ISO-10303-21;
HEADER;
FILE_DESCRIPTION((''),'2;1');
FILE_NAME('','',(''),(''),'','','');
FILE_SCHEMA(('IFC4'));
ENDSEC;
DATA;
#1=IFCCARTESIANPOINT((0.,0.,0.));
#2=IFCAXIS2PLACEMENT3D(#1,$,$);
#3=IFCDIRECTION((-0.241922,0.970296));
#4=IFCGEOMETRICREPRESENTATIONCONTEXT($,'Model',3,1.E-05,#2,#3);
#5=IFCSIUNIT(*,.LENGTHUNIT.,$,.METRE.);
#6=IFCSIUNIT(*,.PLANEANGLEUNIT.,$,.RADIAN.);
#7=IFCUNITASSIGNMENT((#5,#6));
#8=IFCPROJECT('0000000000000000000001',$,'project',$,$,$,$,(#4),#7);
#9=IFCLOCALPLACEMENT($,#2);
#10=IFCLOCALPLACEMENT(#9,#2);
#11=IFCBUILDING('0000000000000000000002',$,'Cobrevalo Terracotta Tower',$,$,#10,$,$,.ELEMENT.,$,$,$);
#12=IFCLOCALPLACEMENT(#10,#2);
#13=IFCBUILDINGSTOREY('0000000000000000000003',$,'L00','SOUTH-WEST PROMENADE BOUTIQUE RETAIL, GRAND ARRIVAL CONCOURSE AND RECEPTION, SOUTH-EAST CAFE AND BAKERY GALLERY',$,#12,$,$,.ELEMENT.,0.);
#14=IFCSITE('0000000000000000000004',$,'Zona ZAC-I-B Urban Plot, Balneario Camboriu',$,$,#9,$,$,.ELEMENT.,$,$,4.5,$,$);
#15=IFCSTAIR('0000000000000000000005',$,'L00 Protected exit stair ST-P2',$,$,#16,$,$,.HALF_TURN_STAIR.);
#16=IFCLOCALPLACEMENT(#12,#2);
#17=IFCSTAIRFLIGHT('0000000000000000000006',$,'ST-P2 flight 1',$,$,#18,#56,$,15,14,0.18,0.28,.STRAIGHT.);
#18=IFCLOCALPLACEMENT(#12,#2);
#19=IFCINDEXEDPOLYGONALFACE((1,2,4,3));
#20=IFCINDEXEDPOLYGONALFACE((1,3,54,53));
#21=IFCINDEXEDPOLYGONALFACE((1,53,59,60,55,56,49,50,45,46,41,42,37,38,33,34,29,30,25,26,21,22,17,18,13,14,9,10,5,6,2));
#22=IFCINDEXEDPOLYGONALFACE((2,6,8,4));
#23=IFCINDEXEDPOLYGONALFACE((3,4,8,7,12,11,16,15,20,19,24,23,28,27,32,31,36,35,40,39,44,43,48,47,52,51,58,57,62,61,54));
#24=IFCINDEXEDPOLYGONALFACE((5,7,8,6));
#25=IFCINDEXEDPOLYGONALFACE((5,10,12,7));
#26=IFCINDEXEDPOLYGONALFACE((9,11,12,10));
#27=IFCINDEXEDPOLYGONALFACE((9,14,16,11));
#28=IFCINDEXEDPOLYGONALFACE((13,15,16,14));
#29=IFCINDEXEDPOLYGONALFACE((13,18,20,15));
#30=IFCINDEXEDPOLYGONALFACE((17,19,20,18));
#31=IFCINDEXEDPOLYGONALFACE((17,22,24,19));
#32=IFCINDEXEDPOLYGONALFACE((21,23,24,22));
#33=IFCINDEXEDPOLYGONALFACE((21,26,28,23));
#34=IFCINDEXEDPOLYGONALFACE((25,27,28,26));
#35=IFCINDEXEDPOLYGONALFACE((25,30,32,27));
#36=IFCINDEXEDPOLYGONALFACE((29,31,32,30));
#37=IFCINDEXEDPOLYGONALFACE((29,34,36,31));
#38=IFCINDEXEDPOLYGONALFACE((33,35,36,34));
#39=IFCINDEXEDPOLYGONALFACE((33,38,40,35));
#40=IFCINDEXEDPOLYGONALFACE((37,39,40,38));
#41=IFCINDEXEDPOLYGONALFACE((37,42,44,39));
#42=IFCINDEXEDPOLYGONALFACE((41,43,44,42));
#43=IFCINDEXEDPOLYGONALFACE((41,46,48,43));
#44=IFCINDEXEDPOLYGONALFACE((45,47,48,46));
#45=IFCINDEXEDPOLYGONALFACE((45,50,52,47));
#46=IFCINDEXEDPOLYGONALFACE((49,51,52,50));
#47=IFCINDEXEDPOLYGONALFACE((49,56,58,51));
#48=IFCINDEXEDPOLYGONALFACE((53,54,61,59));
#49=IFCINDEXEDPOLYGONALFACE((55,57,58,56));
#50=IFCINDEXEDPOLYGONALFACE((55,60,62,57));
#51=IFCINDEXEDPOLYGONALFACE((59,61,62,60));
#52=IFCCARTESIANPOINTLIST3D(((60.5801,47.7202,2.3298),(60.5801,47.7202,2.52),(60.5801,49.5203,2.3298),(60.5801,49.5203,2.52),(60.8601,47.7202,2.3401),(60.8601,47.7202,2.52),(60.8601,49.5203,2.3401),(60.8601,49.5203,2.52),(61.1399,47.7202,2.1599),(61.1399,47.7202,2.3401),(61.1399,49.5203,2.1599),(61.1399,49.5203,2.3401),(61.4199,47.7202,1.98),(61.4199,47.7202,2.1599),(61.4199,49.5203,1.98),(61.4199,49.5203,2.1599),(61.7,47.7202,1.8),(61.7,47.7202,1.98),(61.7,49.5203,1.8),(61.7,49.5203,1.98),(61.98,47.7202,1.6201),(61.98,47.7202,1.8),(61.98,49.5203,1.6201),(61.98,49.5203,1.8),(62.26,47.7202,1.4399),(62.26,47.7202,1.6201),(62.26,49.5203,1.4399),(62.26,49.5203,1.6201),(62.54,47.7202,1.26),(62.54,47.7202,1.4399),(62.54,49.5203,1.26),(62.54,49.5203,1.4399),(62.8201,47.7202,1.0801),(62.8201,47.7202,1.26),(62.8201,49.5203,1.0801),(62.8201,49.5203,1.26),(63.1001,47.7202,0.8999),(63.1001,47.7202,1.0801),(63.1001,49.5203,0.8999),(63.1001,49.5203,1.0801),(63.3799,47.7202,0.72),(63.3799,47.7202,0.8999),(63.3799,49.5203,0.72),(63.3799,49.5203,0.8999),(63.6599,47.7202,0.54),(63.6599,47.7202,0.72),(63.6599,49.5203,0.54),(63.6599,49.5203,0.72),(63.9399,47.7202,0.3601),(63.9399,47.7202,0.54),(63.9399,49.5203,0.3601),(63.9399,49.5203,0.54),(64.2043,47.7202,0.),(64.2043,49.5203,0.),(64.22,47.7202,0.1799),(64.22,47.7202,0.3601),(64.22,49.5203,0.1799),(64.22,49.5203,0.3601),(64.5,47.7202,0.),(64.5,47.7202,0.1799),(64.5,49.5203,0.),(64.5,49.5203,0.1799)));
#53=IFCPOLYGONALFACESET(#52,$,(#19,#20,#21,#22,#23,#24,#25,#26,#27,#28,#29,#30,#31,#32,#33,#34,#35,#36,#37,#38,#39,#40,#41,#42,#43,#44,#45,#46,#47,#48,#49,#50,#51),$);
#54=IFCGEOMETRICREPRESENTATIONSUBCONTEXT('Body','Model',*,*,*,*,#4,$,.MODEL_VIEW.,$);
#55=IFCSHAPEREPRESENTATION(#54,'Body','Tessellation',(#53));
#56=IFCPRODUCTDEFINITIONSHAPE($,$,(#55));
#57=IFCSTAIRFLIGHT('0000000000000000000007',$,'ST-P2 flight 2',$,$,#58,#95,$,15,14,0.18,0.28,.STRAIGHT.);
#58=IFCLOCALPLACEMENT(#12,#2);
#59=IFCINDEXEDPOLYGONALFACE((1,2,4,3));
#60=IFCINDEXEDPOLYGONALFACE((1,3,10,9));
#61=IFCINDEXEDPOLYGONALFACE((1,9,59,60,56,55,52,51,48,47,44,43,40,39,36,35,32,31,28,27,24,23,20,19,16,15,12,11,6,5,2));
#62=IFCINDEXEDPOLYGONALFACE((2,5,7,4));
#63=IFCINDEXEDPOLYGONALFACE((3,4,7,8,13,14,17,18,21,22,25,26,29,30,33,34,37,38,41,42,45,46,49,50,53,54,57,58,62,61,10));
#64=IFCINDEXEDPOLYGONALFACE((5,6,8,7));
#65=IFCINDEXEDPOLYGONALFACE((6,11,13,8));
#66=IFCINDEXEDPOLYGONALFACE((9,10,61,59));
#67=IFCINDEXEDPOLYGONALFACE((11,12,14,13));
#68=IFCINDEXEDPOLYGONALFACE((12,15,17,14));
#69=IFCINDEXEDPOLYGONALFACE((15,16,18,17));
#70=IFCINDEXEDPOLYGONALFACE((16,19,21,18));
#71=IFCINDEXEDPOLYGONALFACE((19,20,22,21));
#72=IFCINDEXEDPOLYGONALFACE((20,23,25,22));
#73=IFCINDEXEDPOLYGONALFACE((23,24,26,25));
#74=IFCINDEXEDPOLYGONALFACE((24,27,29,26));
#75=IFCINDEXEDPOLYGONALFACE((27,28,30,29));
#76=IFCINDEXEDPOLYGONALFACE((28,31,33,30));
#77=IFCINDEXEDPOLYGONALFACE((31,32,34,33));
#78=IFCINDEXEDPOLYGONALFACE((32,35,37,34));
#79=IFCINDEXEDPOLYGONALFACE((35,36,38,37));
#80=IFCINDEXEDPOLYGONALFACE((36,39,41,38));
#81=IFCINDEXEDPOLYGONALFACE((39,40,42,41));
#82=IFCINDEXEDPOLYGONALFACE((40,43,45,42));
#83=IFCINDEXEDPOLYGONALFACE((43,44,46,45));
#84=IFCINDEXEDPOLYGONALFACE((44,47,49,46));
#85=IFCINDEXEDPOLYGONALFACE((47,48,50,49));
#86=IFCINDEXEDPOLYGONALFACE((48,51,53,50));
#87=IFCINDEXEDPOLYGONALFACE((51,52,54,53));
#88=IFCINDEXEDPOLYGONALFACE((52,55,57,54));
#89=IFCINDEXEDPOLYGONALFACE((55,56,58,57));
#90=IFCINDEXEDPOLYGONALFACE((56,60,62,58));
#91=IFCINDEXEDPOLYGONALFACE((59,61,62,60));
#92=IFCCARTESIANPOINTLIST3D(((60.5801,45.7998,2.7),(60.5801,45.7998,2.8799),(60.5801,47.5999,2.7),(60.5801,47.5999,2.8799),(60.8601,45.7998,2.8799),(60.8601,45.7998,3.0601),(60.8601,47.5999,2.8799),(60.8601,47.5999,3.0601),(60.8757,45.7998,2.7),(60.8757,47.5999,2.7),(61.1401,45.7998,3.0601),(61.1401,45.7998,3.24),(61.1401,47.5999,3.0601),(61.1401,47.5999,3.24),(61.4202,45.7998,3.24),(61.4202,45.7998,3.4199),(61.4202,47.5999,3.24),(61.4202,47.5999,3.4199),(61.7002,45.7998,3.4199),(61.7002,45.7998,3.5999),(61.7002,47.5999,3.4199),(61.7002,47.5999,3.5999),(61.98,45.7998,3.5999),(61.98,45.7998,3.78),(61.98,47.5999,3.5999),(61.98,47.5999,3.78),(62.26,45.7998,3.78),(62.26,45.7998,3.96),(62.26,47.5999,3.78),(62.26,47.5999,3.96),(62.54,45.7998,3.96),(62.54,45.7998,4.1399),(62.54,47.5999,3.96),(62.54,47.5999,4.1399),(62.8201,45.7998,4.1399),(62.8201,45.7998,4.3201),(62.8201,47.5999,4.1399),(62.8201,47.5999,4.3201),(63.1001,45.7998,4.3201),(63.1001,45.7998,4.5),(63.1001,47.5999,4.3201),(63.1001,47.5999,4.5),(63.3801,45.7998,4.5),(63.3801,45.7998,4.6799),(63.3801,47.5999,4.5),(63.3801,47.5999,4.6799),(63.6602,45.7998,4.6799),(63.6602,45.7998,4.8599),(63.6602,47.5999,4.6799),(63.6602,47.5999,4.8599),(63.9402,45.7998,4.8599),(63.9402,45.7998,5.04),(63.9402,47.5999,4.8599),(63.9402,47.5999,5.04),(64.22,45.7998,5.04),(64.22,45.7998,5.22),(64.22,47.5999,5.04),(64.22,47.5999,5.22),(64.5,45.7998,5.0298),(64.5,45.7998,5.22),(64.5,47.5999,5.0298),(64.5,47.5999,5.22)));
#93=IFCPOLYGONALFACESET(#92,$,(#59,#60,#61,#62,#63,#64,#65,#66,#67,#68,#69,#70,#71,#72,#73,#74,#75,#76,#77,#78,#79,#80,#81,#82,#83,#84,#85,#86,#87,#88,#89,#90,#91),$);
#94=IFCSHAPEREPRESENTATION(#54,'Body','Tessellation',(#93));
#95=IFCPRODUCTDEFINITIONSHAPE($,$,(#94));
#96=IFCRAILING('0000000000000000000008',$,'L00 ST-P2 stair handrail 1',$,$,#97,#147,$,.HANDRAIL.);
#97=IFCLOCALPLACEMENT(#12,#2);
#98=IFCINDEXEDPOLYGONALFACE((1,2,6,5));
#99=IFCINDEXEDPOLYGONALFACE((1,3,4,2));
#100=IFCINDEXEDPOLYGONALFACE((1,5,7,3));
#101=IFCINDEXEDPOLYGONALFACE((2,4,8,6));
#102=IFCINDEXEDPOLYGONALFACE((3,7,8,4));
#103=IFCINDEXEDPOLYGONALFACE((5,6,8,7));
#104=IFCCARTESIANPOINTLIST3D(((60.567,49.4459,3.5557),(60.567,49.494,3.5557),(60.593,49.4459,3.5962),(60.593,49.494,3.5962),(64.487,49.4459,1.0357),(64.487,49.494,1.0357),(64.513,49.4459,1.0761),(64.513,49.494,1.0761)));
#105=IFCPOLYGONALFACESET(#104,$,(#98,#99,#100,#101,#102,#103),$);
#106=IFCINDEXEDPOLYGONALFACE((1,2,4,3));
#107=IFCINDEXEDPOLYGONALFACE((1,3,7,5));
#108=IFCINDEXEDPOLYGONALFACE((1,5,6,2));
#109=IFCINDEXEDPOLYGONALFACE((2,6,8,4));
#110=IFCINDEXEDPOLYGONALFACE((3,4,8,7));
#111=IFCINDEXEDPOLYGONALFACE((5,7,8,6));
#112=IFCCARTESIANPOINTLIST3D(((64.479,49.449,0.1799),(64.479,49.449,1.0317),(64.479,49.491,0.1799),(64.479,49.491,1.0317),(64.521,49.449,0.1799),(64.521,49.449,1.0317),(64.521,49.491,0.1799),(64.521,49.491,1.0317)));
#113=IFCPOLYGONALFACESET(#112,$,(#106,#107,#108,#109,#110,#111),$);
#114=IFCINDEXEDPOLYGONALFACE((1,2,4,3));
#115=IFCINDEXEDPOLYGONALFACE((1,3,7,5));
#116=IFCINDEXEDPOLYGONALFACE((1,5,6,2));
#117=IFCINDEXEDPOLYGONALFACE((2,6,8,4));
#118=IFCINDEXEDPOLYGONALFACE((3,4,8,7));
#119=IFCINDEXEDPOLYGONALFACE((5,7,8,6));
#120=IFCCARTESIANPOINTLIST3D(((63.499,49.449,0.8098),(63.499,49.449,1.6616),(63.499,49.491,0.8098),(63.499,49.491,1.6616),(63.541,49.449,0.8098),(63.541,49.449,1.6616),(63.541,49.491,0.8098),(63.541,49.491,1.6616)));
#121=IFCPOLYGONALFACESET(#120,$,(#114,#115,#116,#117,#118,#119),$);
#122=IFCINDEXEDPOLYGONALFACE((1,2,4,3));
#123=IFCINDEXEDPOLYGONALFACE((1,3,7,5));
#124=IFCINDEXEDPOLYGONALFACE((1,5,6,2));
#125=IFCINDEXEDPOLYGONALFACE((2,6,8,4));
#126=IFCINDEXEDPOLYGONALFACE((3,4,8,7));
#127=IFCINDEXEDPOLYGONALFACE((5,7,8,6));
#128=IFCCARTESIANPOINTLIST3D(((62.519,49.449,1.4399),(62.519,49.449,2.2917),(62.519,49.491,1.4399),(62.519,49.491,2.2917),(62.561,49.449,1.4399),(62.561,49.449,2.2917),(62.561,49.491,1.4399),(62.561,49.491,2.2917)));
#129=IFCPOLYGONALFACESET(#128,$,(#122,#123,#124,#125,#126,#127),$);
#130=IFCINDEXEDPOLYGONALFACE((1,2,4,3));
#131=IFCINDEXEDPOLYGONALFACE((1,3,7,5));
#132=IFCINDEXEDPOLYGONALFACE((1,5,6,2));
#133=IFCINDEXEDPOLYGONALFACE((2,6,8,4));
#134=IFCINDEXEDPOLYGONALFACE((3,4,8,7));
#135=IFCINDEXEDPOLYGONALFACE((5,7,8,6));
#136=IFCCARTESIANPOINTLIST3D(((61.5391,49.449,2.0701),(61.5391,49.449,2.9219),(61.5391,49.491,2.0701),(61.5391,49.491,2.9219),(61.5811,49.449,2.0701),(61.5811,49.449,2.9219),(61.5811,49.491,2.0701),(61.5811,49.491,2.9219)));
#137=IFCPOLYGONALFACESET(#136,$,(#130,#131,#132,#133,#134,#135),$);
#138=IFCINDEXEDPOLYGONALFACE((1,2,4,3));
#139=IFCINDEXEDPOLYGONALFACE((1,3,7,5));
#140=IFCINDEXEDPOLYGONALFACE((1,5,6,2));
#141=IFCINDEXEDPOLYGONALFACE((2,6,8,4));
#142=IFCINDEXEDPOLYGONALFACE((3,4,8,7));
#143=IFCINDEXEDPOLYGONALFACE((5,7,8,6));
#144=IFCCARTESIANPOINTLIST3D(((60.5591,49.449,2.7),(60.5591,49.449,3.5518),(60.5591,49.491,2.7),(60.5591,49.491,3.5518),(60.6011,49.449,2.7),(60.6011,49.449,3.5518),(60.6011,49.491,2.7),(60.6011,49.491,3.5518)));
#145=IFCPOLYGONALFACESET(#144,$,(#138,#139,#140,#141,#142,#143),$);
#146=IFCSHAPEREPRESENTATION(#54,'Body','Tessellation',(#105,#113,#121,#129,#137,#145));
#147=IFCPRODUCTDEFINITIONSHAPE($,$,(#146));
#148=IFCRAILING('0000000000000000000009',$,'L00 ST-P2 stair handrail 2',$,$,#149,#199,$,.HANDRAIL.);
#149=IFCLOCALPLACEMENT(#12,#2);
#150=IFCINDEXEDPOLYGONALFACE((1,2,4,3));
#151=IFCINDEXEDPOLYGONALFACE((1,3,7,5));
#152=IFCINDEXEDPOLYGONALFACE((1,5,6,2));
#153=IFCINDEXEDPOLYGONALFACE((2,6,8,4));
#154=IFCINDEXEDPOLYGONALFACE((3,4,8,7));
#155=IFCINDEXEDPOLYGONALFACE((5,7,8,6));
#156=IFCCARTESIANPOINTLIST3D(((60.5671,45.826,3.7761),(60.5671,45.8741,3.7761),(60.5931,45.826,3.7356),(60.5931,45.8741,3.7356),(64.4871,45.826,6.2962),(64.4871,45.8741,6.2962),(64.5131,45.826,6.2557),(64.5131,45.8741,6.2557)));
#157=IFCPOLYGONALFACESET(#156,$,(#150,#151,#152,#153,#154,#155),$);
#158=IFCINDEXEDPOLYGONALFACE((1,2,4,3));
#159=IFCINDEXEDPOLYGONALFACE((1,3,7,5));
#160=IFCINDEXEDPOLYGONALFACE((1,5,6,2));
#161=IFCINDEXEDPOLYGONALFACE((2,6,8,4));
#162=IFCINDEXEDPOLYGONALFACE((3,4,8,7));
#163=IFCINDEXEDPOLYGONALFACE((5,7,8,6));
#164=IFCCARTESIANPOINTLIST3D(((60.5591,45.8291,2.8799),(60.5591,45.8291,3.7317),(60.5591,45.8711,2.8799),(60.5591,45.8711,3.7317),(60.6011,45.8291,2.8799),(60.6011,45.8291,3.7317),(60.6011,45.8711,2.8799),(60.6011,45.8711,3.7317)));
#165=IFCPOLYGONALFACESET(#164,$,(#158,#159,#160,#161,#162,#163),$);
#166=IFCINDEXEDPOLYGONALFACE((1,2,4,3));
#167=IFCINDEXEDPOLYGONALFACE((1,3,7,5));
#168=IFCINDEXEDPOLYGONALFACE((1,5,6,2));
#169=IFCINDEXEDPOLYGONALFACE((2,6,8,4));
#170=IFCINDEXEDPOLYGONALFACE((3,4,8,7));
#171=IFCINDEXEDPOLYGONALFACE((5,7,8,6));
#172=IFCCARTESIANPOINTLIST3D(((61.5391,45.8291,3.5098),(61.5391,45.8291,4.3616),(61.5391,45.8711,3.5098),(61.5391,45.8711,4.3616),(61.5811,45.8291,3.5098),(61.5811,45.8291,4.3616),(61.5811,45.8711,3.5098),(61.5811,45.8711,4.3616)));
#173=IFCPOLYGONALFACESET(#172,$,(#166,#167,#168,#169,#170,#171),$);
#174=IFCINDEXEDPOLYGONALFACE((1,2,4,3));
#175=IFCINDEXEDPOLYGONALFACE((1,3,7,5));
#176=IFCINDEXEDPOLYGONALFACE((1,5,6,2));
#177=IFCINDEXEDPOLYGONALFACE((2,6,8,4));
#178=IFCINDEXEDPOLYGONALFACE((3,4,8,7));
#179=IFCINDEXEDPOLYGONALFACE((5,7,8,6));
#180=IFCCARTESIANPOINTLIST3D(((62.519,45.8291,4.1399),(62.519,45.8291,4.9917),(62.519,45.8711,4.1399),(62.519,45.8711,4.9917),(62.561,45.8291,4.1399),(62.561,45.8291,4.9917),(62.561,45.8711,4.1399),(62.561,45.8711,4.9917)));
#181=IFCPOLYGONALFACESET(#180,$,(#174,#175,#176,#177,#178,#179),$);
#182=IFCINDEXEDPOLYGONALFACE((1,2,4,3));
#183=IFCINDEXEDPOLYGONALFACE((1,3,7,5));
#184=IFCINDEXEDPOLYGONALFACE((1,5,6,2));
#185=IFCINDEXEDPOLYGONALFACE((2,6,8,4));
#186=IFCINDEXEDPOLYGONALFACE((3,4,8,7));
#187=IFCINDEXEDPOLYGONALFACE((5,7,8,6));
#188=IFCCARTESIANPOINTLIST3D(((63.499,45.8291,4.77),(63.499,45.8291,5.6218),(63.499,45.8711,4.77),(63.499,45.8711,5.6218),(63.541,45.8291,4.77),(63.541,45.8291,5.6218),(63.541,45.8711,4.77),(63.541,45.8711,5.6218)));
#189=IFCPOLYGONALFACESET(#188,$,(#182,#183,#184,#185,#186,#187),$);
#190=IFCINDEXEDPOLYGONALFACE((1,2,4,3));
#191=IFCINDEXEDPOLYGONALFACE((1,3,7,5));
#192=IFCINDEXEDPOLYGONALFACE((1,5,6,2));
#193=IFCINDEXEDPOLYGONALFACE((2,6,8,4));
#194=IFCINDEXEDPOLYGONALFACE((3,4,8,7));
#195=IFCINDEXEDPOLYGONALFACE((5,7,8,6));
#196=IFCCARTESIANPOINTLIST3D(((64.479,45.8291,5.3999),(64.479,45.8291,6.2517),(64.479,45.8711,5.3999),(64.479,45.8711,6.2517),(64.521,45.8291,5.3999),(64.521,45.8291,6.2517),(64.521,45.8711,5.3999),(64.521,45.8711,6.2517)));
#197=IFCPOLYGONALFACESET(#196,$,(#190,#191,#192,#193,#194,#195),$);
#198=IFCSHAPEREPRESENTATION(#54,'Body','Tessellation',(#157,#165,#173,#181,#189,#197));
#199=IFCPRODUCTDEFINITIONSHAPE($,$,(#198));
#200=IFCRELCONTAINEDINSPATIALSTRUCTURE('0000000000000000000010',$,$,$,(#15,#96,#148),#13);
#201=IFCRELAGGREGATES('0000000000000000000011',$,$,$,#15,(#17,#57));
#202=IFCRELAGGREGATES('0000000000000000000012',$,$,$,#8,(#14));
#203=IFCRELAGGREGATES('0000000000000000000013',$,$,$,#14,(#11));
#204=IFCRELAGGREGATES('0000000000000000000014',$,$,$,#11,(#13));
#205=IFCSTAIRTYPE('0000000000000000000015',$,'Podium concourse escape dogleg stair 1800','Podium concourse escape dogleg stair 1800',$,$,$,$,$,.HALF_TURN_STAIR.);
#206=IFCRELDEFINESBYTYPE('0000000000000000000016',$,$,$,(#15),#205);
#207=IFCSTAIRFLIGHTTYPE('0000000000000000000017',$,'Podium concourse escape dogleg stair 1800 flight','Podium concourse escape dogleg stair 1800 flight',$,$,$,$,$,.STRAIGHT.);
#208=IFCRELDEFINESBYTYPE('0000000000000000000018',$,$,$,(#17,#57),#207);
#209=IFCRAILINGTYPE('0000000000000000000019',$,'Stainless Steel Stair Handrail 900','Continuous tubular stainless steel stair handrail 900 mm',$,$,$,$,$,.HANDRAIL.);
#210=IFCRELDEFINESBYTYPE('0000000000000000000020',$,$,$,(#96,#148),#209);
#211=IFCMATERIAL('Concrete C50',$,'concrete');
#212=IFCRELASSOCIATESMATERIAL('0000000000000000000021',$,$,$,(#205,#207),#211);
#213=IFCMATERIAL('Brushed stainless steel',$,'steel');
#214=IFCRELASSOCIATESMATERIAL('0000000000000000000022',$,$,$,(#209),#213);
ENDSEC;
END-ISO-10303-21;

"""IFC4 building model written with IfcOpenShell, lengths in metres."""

from ifc_helpers import new_model, si_unit, direction, frame, origin, origin_2d, place, context, subcontext, project, spatial, polyline, rectangle, outline, extrude, material, type_object, element, aggregate, save


model = new_model("IFC4")

# Units and contexts
model_context = context("Model", 3, precision=1e-05, world=origin(), true_north=direction((-0.241922, 0.970296)))
body_context = subcontext(model_context, "Body", "Model", "MODEL_VIEW")
ifc_project = project(units=[si_unit("LENGTHUNIT", "METRE"), si_unit("PLANEANGLEUNIT", "RADIAN")], contexts=[model_context])

# Site, building, storey
site_placement = place(None, origin())
site = spatial("IfcSite", under=ifc_project, at=site_placement, Name="Zona ZAC-I-B Urban Plot, Balneario Camboriu", CompositionType="ELEMENT", RefElevation=4.5)
building_placement = place(site_placement, origin())
building = spatial("IfcBuilding", under=site, at=building_placement, Name="Cobrevalo Terracotta Tower", CompositionType="ELEMENT")
storey_placement = place(building_placement, origin())
storey = spatial("IfcBuildingStorey", under=building, at=storey_placement, Name="L00", Description="SOUTH-WEST PROMENADE BOUTIQUE RETAIL, GRAND ARRIVAL CONCOURSE AND RECEPTION, SOUTH-EAST CAFE AND BAKERY GALLERY", CompositionType="ELEMENT", Elevation=0.0)

# Shared definitions
ifc_material_1 = material(Name="Concrete C50", Category="concrete")

# Stair, stair flights
stair_type = type_object("IfcStairType", Name="Podium concourse escape dogleg stair 1800", Description="Podium concourse escape dogleg stair 1800", PredefinedType="HALF_TURN_STAIR", material=ifc_material_1)
stair_placement = place(storey_placement, origin())
stair = element("IfcStair", 1, at=stair_placement, inside=storey, type_object=stair_type, Name="L00 Protected exit stair ST-P2", PredefinedType="HALF_TURN_STAIR")
stair_flight_type = type_object("IfcStairFlightType", Name="Podium concourse escape dogleg stair 1800 flight", Description="Podium concourse escape dogleg stair 1800 flight", PredefinedType="STRAIGHT", material=ifc_material_1)
stair_flight_1_placement = place(storey_placement, frame((64.5, 48.6201, 0.0), z_axis=(0.0, 0.0, 1.0), x_axis=(-1.0, 0.0, 0.0)))
stair_flight_1 = element("IfcStairFlight", 2, at=stair_flight_1_placement, type_object=stair_flight_type, Name="ST-P2 flight 1", NumberOfRisers=15, NumberOfTreads=14, PredefinedType="STRAIGHT", RiserHeight=0.18, TreadLength=0.28, context=body_context, shape_type="SweptSolid", body=[
    extrude(outline(polyline([(0.0, 0.0), (0.0, 0.1799), (0.28, 0.1799), (0.28, 0.3601), (0.5601, 0.3601), (0.5601, 0.54), (0.8401, 0.54), (0.8401, 0.72), (1.1201, 0.72), (1.1201, 0.8999), (1.3999, 0.8999), (1.3999, 1.0801), (1.6799, 1.0801), (1.6799, 1.26), (1.96, 1.26), (1.96, 1.4399), (2.24, 1.4399), (2.24, 1.6201), (2.52, 1.6201), (2.52, 1.8), (2.8, 1.8), (2.8, 1.98), (3.0801, 1.98), (3.0801, 2.1599), (3.3601, 2.1599), (3.3601, 2.3401), (3.6399, 2.3401), (3.6399, 2.52), (3.9199, 2.52), (3.9199, 2.7), (3.9199, 2.3298), (0.2957, 0.0), (0.0, 0.0)])), frame((0.0, 0.8999, 0.0), z_axis=(0.0, -1.0, 0.0), x_axis=(1.0, 0.0, 0.0)), (0.0, 0.0, 1.0), 1.8),
])
stair_flight_2_placement = place(storey_placement, frame((60.5801, 46.7, 2.7), z_axis=(0.0, 0.0, 1.0), x_axis=(1.0, 0.0, 0.0)))
stair_flight_2 = element("IfcStairFlight", 3, at=stair_flight_2_placement, type_object=stair_flight_type, Name="ST-P2 flight 2", NumberOfRisers=15, NumberOfTreads=14, PredefinedType="STRAIGHT", RiserHeight=0.18, TreadLength=0.28, context=body_context, shape_type="SweptSolid", body=[
    extrude(outline(polyline([(0.0, 0.0), (0.0, 0.1799), (0.28, 0.1799), (0.28, 0.3601), (0.5601, 0.3601), (0.5601, 0.54), (0.8401, 0.54), (0.8401, 0.72), (1.1201, 0.72), (1.1201, 0.8999), (1.3999, 0.8999), (1.3999, 1.0801), (1.6799, 1.0801), (1.6799, 1.26), (1.96, 1.26), (1.96, 1.4399), (2.24, 1.4399), (2.24, 1.6201), (2.52, 1.6201), (2.52, 1.8), (2.8, 1.8), (2.8, 1.98), (3.0801, 1.98), (3.0801, 2.1599), (3.3601, 2.1599), (3.3601, 2.3401), (3.6399, 2.3401), (3.6399, 2.52), (3.9199, 2.52), (3.9199, 2.7), (3.9199, 2.3298), (0.2957, 0.0), (0.0, 0.0)])), frame((0.0, 0.8999, 0.0), z_axis=(0.0, -1.0, 0.0), x_axis=(1.0, 0.0, 0.0)), (0.0, 0.0, 1.0), 1.8),
])
aggregate(stair, [stair_flight_1, stair_flight_2])

# Railings
ifc_material_2 = material(Name="Brushed stainless steel", Category="steel")
railing_type_1 = type_object("IfcRailingType", Name="Stainless Steel Stair Handrail 900", Description="Continuous tubular stainless steel stair handrail 900 mm", PredefinedType="HANDRAIL", material=ifc_material_2)
railing_1_placement = place(storey_placement, frame((64.5, 49.47, 0.1799)))
element("IfcRailing", 4, at=railing_1_placement, inside=storey, type_object=railing_type_1, Name="L00 ST-P2 stair handrail 1", PredefinedType="HANDRAIL", context=body_context, shape_type="SweptSolid", body=[
    extrude(rectangle(XDim=0.0481, YDim=0.0481, at=origin_2d()), frame((0.0, 0.0, 0.876), z_axis=(-0.841172, 0.0, 0.540768), x_axis=(0.0, -1.0, 0.0)), (0.0, 0.0, 1.0), 4.6602),
    extrude(rectangle(XDim=0.042, YDim=0.042, at=origin_2d()), origin(), (0.0, 0.0, 1.0), 0.8518),
    extrude(rectangle(XDim=0.042, YDim=0.042, at=origin_2d()), frame((-0.98, 0.0, 0.6299)), (0.0, 0.0, 1.0), 0.8518),
    extrude(rectangle(XDim=0.042, YDim=0.042, at=origin_2d()), frame((-1.96, 0.0, 1.26)), (0.0, 0.0, 1.0), 0.8518),
    extrude(rectangle(XDim=0.042, YDim=0.042, at=origin_2d()), frame((-2.9399, 0.0, 1.8901)), (0.0, 0.0, 1.0), 0.8518),
    extrude(rectangle(XDim=0.042, YDim=0.042, at=origin_2d()), frame((-3.9199, 0.0, 2.52)), (0.0, 0.0, 1.0), 0.8518),
])
railing_2_placement = place(storey_placement, frame((60.5801, 45.8501, 2.8799)))
element("IfcRailing", 5, at=railing_2_placement, inside=storey, type_object=railing_type_1, Name="L00 ST-P2 stair handrail 2", PredefinedType="HANDRAIL", context=body_context, shape_type="SweptSolid", body=[
    extrude(rectangle(XDim=0.0481, YDim=0.0481, at=origin_2d()), frame((0.0, 0.0, 0.876), z_axis=(0.841172, 0.0, 0.540768), x_axis=(0.0, 1.0, 0.0)), (0.0, 0.0, 1.0), 4.6602),
    extrude(rectangle(XDim=0.042, YDim=0.042, at=origin_2d()), origin(), (0.0, 0.0, 1.0), 0.8518),
    extrude(rectangle(XDim=0.042, YDim=0.042, at=origin_2d()), frame((0.98, 0.0, 0.6299)), (0.0, 0.0, 1.0), 0.8518),
    extrude(rectangle(XDim=0.042, YDim=0.042, at=origin_2d()), frame((1.96, 0.0, 1.26)), (0.0, 0.0, 1.0), 0.8518),
    extrude(rectangle(XDim=0.042, YDim=0.042, at=origin_2d()), frame((2.9399, 0.0, 1.8901)), (0.0, 0.0, 1.0), 0.8518),
    extrude(rectangle(XDim=0.042, YDim=0.042, at=origin_2d()), frame((3.9199, 0.0, 2.52)), (0.0, 0.0, 1.0), 0.8518),
])

save(model, "model.ifc")
